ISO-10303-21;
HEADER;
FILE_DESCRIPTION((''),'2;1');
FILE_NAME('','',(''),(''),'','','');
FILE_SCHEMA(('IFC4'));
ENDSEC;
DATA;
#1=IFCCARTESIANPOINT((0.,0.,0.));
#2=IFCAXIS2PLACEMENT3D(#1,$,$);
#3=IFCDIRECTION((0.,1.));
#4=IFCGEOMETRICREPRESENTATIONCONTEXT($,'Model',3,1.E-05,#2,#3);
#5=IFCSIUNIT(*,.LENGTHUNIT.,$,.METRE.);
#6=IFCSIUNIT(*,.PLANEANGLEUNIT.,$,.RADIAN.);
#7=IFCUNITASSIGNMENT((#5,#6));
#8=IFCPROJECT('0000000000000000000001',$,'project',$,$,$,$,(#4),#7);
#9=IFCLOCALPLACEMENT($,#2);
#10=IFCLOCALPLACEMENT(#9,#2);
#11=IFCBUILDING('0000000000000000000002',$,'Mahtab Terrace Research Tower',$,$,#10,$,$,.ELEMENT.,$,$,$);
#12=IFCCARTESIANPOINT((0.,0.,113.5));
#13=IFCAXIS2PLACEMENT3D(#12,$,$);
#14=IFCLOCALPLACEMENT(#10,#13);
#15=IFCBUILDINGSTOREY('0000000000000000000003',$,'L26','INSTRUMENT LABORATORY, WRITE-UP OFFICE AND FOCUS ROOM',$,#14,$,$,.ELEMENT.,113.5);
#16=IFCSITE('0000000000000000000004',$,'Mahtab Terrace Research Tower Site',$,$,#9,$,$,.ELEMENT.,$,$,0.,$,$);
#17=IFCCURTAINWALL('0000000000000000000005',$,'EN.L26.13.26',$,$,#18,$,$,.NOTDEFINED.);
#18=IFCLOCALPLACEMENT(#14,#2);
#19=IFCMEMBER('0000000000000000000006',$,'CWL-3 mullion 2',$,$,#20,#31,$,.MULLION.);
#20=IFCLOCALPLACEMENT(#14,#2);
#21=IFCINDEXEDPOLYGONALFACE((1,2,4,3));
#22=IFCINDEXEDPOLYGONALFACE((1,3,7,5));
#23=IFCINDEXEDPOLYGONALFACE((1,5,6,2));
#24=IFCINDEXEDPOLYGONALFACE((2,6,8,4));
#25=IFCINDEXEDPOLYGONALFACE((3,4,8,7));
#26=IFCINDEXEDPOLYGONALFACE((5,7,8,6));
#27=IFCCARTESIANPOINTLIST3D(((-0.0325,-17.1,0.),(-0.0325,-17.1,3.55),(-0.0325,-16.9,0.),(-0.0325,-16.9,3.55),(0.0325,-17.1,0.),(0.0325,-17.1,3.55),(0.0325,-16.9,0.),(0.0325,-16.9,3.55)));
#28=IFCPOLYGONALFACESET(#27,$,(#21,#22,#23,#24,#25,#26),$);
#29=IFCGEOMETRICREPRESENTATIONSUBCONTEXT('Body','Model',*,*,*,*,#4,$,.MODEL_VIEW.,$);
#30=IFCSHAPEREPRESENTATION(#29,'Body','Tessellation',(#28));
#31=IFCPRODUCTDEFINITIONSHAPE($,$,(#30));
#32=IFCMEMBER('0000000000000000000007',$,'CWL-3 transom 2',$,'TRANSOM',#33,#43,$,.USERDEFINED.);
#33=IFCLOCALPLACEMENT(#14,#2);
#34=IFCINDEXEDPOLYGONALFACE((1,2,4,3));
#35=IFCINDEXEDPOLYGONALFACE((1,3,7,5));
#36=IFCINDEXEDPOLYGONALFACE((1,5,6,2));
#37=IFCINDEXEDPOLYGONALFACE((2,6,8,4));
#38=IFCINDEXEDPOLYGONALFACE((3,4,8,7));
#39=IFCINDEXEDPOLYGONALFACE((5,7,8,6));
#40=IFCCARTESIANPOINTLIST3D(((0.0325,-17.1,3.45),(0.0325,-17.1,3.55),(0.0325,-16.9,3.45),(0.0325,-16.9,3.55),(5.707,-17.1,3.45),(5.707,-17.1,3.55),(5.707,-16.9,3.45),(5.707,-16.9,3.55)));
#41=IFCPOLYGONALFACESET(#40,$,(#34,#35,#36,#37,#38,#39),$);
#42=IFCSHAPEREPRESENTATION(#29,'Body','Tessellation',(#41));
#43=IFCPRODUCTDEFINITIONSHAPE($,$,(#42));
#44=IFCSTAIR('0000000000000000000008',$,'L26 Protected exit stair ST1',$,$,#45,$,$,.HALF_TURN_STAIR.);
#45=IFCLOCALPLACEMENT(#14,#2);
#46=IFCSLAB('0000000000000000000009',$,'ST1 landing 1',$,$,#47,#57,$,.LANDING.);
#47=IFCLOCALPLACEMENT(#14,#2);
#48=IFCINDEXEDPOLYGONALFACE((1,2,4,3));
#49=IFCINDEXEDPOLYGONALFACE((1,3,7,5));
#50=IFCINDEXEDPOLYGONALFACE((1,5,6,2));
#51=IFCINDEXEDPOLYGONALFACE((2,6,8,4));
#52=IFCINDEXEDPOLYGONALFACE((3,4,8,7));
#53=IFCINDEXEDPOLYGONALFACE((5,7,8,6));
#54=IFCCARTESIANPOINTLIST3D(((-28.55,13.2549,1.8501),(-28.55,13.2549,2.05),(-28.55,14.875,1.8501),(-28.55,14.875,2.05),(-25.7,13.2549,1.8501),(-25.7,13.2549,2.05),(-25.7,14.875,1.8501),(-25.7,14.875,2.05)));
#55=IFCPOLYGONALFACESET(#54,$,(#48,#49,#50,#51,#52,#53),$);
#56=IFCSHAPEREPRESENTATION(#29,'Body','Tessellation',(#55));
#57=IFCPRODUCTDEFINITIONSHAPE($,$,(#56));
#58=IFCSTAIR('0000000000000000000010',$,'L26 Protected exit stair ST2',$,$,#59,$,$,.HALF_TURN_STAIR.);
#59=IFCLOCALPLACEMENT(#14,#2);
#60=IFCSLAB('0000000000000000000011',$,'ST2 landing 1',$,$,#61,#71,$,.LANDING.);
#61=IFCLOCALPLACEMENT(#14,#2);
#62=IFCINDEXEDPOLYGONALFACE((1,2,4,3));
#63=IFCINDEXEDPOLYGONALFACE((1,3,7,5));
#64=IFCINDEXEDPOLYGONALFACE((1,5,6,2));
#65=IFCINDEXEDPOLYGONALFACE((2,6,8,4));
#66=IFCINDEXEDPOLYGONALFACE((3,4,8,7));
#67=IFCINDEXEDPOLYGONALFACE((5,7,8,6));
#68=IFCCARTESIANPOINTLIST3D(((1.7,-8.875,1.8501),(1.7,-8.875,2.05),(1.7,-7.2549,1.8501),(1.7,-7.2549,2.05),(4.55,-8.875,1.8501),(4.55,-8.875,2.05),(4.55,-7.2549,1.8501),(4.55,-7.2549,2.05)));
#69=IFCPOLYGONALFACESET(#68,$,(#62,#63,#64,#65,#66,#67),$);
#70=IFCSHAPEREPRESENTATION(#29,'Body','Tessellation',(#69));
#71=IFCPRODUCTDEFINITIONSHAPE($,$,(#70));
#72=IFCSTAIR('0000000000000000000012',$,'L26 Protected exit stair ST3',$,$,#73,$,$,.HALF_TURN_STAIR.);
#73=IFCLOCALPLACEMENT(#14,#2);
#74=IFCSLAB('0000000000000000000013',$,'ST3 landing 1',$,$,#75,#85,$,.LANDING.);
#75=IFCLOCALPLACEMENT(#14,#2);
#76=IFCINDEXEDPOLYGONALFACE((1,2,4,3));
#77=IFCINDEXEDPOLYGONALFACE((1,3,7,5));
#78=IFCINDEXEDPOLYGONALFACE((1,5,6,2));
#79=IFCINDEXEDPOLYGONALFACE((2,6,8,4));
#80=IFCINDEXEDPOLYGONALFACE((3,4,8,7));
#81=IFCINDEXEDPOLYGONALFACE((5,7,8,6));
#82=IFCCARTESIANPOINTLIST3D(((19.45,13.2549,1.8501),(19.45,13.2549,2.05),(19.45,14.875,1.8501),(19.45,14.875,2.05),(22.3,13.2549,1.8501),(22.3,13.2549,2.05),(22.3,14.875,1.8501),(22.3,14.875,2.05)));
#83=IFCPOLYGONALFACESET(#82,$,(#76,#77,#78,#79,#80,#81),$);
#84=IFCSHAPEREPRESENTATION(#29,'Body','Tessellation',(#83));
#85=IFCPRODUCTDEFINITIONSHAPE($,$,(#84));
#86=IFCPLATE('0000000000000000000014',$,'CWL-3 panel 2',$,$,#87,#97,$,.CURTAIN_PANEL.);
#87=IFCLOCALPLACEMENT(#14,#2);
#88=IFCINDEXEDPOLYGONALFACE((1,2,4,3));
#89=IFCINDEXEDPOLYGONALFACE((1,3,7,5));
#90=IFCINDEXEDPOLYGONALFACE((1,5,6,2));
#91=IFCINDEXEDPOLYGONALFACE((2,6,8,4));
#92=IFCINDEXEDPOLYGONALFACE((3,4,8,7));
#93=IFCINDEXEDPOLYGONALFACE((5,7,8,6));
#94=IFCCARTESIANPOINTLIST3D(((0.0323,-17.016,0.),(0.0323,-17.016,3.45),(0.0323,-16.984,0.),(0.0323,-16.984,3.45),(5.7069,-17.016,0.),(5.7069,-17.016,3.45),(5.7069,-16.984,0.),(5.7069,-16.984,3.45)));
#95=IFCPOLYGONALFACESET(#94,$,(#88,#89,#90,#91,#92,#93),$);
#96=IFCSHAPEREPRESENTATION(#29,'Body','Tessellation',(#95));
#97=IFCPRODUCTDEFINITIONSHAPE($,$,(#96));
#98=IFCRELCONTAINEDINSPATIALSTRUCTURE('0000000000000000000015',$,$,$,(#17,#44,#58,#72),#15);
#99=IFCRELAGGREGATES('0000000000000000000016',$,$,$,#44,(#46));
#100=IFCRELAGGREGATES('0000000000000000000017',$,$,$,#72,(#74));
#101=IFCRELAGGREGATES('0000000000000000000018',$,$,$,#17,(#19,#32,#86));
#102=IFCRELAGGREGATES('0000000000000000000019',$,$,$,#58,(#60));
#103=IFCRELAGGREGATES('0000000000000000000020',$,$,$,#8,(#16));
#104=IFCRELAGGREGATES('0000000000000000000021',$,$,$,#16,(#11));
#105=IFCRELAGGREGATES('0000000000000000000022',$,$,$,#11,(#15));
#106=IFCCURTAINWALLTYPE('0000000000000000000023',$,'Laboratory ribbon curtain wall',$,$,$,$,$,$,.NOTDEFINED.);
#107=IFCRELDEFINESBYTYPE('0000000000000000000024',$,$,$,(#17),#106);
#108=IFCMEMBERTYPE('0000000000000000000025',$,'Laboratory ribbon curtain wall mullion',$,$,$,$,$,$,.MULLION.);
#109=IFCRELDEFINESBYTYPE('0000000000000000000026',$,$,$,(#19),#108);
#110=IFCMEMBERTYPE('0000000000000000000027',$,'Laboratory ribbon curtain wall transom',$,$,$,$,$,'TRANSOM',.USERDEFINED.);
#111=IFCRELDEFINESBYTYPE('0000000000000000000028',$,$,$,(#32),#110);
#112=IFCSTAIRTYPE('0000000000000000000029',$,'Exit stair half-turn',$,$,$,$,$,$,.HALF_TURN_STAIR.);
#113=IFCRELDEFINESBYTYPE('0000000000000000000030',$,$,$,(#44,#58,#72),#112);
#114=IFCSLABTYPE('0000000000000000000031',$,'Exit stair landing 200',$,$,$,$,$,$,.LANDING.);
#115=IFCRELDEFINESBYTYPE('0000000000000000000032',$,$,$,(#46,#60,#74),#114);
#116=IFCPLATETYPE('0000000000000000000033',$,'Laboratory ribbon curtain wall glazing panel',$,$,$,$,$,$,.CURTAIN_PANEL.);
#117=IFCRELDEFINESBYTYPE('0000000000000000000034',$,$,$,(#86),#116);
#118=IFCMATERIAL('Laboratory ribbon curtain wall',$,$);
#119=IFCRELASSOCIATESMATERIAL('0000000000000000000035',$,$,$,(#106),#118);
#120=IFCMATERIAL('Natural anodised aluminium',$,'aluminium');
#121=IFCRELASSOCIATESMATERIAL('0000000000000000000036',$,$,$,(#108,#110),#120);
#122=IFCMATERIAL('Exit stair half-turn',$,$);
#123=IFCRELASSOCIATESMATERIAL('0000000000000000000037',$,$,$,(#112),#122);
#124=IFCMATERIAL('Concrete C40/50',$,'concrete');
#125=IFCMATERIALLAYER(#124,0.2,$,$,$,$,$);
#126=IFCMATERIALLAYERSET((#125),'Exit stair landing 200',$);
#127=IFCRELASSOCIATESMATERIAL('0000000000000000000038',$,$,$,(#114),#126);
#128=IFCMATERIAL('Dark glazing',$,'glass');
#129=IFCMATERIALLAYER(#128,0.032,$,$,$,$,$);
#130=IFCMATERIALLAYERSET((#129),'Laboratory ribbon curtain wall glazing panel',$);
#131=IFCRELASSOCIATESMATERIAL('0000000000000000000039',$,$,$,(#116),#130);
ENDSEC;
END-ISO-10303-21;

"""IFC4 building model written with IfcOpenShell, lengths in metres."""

from ifc_helpers import new_model, si_unit, direction, frame, origin, origin_2d, place, context, subcontext, project, spatial, polyline, rectangle, outline, extrude, material, layer, layer_set, material_profile, profile_set, type_object, element, aggregate, save


model = new_model("IFC4")

# Units and contexts
model_context = context("Model", 3, precision=1e-05, world=origin(), true_north=direction((0.0, 1.0)))
body_context = subcontext(model_context, "Body", "Model", "MODEL_VIEW")
ifc_project = project(units=[si_unit("LENGTHUNIT", "METRE"), si_unit("PLANEANGLEUNIT", "RADIAN")], contexts=[model_context])

# Site, building, storey
site_placement = place(None, origin())
site = spatial("IfcSite", under=ifc_project, at=site_placement, Name="Mahtab Terrace Research Tower Site", CompositionType="ELEMENT", RefElevation=0.0)
building_placement = place(site_placement, origin())
building = spatial("IfcBuilding", under=site, at=building_placement, Name="Mahtab Terrace Research Tower", CompositionType="ELEMENT")
storey_placement = place(building_placement, frame((0.0, 0.0, 113.5)))
storey = spatial("IfcBuildingStorey", under=building, at=storey_placement, Name="L26", Description="INSTRUMENT LABORATORY, WRITE-UP OFFICE AND FOCUS ROOM", CompositionType="ELEMENT", Elevation=113.5)

# Curtain wall, members
ifc_material_1 = material(Name="Laboratory ribbon curtain wall")
curtain_wall_type = type_object("IfcCurtainWallType", Name="Laboratory ribbon curtain wall", PredefinedType="NOTDEFINED", material=ifc_material_1)
curtain_wall_placement = place(storey_placement, origin())
curtain_wall = element("IfcCurtainWall", 1, at=curtain_wall_placement, inside=storey, type_object=curtain_wall_type, Name="EN.L26.13.26", PredefinedType="NOTDEFINED")
ifc_material_2 = material(Name="Natural anodised aluminium", Category="aluminium")
ifc_material_profile_1 = material_profile(ifc_material_2, rectangle(XDim=0.2, YDim=0.0649, at=origin_2d()), Name="MULLION 65x200")
ifc_profile_set_1 = profile_set([ifc_material_profile_1], Name="Natural anodised aluminium")
member_type_1 = type_object("IfcMemberType", Name="Laboratory ribbon curtain wall mullion", PredefinedType="MULLION", material=ifc_profile_set_1)
member_1_placement = place(storey_placement, frame((0.0, -17.0, 0.0), z_axis=(0.0, 0.0, 1.0), x_axis=(0.0, 1.0, 0.0)))
member_1 = element("IfcMember", 2, at=member_1_placement, type_object=member_type_1, Name="CWL-3 mullion 2", PredefinedType="MULLION", context=body_context, shape_type="SweptSolid", body=[
    extrude(rectangle(XDim=0.2, YDim=0.0649, at=origin_2d()), origin(), (0.0, 0.0, 1.0), 3.55),
])
ifc_material_profile_2 = material_profile(ifc_material_2, rectangle(XDim=0.2, YDim=0.1001, at=origin_2d()), Name="TRANSOM 100x200")
ifc_profile_set_2 = profile_set([ifc_material_profile_2], Name="Natural anodised aluminium")
member_type_2 = type_object("IfcMemberType", Name="Laboratory ribbon curtain wall transom", ElementType="TRANSOM", PredefinedType="USERDEFINED", material=ifc_profile_set_2)
member_2_placement = place(storey_placement, frame((0.0325, -17.0, 3.5), z_axis=(1.0, 0.0, 0.0), x_axis=(0.0, 1.0, 0.0)))
member_2 = element("IfcMember", 3, at=member_2_placement, type_object=member_type_2, Name="CWL-3 transom 2", ObjectType="TRANSOM", PredefinedType="USERDEFINED", context=body_context, shape_type="SweptSolid", body=[
    extrude(rectangle(XDim=0.2, YDim=0.1001, at=origin_2d()), origin(), (0.0, 0.0, 1.0), 5.6746),
])

# Stairs, slabs
ifc_material_3 = material(Name="Exit stair half-turn")
stair_type = type_object("IfcStairType", Name="Exit stair half-turn", PredefinedType="HALF_TURN_STAIR", material=ifc_material_3)
stair_1_placement = place(storey_placement, origin())
stair_1 = element("IfcStair", 4, at=stair_1_placement, inside=storey, type_object=stair_type, Name="L26 Protected exit stair ST1", PredefinedType="HALF_TURN_STAIR")
ifc_material_4 = material(Name="Concrete C40/50", Category="concrete")
ifc_layer_1 = layer(ifc_material_4, 0.2)
ifc_layer_set_1 = layer_set([ifc_layer_1], Name="Exit stair landing 200")
slab_type_1 = type_object("IfcSlabType", Name="Exit stair landing 200", PredefinedType="LANDING", material=ifc_layer_set_1)
slab_1_placement = place(storey_placement, frame((0.0, 0.0, 1.8501)))
slab_1 = element("IfcSlab", 5, at=slab_1_placement, type_object=slab_type_1, Name="ST1 landing 1", PredefinedType="LANDING", context=body_context, shape_type="SweptSolid", body=[
    extrude(outline(polyline([(-25.7, 13.2549), (-25.7, 14.875), (-28.55, 14.875), (-28.55, 13.2549), (-25.7, 13.2549)])), origin(), (0.0, 0.0, 1.0), 0.2),
])
aggregate(stair_1, [slab_1])
stair_2_placement = place(storey_placement, origin())
stair_2 = element("IfcStair", 6, at=stair_2_placement, inside=storey, type_object=stair_type, Name="L26 Protected exit stair ST2", PredefinedType="HALF_TURN_STAIR")
slab_2_placement = place(storey_placement, frame((0.0, 0.0, 1.8501)))
slab_2 = element("IfcSlab", 7, at=slab_2_placement, type_object=slab_type_1, Name="ST2 landing 1", PredefinedType="LANDING", context=body_context, shape_type="SweptSolid", body=[
    extrude(outline(polyline([(1.7, -7.2549), (1.7, -8.875), (4.55, -8.875), (4.55, -7.2549), (1.7, -7.2549)])), origin(), (0.0, 0.0, 1.0), 0.2),
])
stair_3_placement = place(storey_placement, origin())
stair_3 = element("IfcStair", 8, at=stair_3_placement, inside=storey, type_object=stair_type, Name="L26 Protected exit stair ST3", PredefinedType="HALF_TURN_STAIR")
slab_3_placement = place(storey_placement, frame((0.0, 0.0, 1.8501)))
slab_3 = element("IfcSlab", 9, at=slab_3_placement, type_object=slab_type_1, Name="ST3 landing 1", PredefinedType="LANDING", context=body_context, shape_type="SweptSolid", body=[
    extrude(outline(polyline([(22.3, 13.2549), (22.3, 14.875), (19.45, 14.875), (19.45, 13.2549), (22.3, 13.2549)])), origin(), (0.0, 0.0, 1.0), 0.2),
])
aggregate(stair_3, [slab_3])

# Plate
ifc_material_5 = material(Name="Dark glazing", Category="glass")
ifc_layer_2 = layer(ifc_material_5, 0.032)
ifc_layer_set_2 = layer_set([ifc_layer_2], Name="Laboratory ribbon curtain wall glazing panel")
plate_type = type_object("IfcPlateType", Name="Laboratory ribbon curtain wall glazing panel", PredefinedType="CURTAIN_PANEL", material=ifc_layer_set_2)
plate_placement = place(storey_placement, frame((2.8696, -17.0, 0.0), z_axis=(0.0, 0.0, 1.0), x_axis=(1.0, 0.0, 0.0)))
plate = element("IfcPlate", 10, at=plate_placement, type_object=plate_type, Name="CWL-3 panel 2", PredefinedType="CURTAIN_PANEL", context=body_context, shape_type="SweptSolid", body=[
    extrude(rectangle(XDim=5.6746, YDim=0.032, at=origin_2d()), origin(), (0.0, 0.0, 1.0), 3.45),
])
aggregate(curtain_wall, [member_1, member_2, plate])

aggregate(stair_2, [slab_2])

save(model, "model.ifc")
